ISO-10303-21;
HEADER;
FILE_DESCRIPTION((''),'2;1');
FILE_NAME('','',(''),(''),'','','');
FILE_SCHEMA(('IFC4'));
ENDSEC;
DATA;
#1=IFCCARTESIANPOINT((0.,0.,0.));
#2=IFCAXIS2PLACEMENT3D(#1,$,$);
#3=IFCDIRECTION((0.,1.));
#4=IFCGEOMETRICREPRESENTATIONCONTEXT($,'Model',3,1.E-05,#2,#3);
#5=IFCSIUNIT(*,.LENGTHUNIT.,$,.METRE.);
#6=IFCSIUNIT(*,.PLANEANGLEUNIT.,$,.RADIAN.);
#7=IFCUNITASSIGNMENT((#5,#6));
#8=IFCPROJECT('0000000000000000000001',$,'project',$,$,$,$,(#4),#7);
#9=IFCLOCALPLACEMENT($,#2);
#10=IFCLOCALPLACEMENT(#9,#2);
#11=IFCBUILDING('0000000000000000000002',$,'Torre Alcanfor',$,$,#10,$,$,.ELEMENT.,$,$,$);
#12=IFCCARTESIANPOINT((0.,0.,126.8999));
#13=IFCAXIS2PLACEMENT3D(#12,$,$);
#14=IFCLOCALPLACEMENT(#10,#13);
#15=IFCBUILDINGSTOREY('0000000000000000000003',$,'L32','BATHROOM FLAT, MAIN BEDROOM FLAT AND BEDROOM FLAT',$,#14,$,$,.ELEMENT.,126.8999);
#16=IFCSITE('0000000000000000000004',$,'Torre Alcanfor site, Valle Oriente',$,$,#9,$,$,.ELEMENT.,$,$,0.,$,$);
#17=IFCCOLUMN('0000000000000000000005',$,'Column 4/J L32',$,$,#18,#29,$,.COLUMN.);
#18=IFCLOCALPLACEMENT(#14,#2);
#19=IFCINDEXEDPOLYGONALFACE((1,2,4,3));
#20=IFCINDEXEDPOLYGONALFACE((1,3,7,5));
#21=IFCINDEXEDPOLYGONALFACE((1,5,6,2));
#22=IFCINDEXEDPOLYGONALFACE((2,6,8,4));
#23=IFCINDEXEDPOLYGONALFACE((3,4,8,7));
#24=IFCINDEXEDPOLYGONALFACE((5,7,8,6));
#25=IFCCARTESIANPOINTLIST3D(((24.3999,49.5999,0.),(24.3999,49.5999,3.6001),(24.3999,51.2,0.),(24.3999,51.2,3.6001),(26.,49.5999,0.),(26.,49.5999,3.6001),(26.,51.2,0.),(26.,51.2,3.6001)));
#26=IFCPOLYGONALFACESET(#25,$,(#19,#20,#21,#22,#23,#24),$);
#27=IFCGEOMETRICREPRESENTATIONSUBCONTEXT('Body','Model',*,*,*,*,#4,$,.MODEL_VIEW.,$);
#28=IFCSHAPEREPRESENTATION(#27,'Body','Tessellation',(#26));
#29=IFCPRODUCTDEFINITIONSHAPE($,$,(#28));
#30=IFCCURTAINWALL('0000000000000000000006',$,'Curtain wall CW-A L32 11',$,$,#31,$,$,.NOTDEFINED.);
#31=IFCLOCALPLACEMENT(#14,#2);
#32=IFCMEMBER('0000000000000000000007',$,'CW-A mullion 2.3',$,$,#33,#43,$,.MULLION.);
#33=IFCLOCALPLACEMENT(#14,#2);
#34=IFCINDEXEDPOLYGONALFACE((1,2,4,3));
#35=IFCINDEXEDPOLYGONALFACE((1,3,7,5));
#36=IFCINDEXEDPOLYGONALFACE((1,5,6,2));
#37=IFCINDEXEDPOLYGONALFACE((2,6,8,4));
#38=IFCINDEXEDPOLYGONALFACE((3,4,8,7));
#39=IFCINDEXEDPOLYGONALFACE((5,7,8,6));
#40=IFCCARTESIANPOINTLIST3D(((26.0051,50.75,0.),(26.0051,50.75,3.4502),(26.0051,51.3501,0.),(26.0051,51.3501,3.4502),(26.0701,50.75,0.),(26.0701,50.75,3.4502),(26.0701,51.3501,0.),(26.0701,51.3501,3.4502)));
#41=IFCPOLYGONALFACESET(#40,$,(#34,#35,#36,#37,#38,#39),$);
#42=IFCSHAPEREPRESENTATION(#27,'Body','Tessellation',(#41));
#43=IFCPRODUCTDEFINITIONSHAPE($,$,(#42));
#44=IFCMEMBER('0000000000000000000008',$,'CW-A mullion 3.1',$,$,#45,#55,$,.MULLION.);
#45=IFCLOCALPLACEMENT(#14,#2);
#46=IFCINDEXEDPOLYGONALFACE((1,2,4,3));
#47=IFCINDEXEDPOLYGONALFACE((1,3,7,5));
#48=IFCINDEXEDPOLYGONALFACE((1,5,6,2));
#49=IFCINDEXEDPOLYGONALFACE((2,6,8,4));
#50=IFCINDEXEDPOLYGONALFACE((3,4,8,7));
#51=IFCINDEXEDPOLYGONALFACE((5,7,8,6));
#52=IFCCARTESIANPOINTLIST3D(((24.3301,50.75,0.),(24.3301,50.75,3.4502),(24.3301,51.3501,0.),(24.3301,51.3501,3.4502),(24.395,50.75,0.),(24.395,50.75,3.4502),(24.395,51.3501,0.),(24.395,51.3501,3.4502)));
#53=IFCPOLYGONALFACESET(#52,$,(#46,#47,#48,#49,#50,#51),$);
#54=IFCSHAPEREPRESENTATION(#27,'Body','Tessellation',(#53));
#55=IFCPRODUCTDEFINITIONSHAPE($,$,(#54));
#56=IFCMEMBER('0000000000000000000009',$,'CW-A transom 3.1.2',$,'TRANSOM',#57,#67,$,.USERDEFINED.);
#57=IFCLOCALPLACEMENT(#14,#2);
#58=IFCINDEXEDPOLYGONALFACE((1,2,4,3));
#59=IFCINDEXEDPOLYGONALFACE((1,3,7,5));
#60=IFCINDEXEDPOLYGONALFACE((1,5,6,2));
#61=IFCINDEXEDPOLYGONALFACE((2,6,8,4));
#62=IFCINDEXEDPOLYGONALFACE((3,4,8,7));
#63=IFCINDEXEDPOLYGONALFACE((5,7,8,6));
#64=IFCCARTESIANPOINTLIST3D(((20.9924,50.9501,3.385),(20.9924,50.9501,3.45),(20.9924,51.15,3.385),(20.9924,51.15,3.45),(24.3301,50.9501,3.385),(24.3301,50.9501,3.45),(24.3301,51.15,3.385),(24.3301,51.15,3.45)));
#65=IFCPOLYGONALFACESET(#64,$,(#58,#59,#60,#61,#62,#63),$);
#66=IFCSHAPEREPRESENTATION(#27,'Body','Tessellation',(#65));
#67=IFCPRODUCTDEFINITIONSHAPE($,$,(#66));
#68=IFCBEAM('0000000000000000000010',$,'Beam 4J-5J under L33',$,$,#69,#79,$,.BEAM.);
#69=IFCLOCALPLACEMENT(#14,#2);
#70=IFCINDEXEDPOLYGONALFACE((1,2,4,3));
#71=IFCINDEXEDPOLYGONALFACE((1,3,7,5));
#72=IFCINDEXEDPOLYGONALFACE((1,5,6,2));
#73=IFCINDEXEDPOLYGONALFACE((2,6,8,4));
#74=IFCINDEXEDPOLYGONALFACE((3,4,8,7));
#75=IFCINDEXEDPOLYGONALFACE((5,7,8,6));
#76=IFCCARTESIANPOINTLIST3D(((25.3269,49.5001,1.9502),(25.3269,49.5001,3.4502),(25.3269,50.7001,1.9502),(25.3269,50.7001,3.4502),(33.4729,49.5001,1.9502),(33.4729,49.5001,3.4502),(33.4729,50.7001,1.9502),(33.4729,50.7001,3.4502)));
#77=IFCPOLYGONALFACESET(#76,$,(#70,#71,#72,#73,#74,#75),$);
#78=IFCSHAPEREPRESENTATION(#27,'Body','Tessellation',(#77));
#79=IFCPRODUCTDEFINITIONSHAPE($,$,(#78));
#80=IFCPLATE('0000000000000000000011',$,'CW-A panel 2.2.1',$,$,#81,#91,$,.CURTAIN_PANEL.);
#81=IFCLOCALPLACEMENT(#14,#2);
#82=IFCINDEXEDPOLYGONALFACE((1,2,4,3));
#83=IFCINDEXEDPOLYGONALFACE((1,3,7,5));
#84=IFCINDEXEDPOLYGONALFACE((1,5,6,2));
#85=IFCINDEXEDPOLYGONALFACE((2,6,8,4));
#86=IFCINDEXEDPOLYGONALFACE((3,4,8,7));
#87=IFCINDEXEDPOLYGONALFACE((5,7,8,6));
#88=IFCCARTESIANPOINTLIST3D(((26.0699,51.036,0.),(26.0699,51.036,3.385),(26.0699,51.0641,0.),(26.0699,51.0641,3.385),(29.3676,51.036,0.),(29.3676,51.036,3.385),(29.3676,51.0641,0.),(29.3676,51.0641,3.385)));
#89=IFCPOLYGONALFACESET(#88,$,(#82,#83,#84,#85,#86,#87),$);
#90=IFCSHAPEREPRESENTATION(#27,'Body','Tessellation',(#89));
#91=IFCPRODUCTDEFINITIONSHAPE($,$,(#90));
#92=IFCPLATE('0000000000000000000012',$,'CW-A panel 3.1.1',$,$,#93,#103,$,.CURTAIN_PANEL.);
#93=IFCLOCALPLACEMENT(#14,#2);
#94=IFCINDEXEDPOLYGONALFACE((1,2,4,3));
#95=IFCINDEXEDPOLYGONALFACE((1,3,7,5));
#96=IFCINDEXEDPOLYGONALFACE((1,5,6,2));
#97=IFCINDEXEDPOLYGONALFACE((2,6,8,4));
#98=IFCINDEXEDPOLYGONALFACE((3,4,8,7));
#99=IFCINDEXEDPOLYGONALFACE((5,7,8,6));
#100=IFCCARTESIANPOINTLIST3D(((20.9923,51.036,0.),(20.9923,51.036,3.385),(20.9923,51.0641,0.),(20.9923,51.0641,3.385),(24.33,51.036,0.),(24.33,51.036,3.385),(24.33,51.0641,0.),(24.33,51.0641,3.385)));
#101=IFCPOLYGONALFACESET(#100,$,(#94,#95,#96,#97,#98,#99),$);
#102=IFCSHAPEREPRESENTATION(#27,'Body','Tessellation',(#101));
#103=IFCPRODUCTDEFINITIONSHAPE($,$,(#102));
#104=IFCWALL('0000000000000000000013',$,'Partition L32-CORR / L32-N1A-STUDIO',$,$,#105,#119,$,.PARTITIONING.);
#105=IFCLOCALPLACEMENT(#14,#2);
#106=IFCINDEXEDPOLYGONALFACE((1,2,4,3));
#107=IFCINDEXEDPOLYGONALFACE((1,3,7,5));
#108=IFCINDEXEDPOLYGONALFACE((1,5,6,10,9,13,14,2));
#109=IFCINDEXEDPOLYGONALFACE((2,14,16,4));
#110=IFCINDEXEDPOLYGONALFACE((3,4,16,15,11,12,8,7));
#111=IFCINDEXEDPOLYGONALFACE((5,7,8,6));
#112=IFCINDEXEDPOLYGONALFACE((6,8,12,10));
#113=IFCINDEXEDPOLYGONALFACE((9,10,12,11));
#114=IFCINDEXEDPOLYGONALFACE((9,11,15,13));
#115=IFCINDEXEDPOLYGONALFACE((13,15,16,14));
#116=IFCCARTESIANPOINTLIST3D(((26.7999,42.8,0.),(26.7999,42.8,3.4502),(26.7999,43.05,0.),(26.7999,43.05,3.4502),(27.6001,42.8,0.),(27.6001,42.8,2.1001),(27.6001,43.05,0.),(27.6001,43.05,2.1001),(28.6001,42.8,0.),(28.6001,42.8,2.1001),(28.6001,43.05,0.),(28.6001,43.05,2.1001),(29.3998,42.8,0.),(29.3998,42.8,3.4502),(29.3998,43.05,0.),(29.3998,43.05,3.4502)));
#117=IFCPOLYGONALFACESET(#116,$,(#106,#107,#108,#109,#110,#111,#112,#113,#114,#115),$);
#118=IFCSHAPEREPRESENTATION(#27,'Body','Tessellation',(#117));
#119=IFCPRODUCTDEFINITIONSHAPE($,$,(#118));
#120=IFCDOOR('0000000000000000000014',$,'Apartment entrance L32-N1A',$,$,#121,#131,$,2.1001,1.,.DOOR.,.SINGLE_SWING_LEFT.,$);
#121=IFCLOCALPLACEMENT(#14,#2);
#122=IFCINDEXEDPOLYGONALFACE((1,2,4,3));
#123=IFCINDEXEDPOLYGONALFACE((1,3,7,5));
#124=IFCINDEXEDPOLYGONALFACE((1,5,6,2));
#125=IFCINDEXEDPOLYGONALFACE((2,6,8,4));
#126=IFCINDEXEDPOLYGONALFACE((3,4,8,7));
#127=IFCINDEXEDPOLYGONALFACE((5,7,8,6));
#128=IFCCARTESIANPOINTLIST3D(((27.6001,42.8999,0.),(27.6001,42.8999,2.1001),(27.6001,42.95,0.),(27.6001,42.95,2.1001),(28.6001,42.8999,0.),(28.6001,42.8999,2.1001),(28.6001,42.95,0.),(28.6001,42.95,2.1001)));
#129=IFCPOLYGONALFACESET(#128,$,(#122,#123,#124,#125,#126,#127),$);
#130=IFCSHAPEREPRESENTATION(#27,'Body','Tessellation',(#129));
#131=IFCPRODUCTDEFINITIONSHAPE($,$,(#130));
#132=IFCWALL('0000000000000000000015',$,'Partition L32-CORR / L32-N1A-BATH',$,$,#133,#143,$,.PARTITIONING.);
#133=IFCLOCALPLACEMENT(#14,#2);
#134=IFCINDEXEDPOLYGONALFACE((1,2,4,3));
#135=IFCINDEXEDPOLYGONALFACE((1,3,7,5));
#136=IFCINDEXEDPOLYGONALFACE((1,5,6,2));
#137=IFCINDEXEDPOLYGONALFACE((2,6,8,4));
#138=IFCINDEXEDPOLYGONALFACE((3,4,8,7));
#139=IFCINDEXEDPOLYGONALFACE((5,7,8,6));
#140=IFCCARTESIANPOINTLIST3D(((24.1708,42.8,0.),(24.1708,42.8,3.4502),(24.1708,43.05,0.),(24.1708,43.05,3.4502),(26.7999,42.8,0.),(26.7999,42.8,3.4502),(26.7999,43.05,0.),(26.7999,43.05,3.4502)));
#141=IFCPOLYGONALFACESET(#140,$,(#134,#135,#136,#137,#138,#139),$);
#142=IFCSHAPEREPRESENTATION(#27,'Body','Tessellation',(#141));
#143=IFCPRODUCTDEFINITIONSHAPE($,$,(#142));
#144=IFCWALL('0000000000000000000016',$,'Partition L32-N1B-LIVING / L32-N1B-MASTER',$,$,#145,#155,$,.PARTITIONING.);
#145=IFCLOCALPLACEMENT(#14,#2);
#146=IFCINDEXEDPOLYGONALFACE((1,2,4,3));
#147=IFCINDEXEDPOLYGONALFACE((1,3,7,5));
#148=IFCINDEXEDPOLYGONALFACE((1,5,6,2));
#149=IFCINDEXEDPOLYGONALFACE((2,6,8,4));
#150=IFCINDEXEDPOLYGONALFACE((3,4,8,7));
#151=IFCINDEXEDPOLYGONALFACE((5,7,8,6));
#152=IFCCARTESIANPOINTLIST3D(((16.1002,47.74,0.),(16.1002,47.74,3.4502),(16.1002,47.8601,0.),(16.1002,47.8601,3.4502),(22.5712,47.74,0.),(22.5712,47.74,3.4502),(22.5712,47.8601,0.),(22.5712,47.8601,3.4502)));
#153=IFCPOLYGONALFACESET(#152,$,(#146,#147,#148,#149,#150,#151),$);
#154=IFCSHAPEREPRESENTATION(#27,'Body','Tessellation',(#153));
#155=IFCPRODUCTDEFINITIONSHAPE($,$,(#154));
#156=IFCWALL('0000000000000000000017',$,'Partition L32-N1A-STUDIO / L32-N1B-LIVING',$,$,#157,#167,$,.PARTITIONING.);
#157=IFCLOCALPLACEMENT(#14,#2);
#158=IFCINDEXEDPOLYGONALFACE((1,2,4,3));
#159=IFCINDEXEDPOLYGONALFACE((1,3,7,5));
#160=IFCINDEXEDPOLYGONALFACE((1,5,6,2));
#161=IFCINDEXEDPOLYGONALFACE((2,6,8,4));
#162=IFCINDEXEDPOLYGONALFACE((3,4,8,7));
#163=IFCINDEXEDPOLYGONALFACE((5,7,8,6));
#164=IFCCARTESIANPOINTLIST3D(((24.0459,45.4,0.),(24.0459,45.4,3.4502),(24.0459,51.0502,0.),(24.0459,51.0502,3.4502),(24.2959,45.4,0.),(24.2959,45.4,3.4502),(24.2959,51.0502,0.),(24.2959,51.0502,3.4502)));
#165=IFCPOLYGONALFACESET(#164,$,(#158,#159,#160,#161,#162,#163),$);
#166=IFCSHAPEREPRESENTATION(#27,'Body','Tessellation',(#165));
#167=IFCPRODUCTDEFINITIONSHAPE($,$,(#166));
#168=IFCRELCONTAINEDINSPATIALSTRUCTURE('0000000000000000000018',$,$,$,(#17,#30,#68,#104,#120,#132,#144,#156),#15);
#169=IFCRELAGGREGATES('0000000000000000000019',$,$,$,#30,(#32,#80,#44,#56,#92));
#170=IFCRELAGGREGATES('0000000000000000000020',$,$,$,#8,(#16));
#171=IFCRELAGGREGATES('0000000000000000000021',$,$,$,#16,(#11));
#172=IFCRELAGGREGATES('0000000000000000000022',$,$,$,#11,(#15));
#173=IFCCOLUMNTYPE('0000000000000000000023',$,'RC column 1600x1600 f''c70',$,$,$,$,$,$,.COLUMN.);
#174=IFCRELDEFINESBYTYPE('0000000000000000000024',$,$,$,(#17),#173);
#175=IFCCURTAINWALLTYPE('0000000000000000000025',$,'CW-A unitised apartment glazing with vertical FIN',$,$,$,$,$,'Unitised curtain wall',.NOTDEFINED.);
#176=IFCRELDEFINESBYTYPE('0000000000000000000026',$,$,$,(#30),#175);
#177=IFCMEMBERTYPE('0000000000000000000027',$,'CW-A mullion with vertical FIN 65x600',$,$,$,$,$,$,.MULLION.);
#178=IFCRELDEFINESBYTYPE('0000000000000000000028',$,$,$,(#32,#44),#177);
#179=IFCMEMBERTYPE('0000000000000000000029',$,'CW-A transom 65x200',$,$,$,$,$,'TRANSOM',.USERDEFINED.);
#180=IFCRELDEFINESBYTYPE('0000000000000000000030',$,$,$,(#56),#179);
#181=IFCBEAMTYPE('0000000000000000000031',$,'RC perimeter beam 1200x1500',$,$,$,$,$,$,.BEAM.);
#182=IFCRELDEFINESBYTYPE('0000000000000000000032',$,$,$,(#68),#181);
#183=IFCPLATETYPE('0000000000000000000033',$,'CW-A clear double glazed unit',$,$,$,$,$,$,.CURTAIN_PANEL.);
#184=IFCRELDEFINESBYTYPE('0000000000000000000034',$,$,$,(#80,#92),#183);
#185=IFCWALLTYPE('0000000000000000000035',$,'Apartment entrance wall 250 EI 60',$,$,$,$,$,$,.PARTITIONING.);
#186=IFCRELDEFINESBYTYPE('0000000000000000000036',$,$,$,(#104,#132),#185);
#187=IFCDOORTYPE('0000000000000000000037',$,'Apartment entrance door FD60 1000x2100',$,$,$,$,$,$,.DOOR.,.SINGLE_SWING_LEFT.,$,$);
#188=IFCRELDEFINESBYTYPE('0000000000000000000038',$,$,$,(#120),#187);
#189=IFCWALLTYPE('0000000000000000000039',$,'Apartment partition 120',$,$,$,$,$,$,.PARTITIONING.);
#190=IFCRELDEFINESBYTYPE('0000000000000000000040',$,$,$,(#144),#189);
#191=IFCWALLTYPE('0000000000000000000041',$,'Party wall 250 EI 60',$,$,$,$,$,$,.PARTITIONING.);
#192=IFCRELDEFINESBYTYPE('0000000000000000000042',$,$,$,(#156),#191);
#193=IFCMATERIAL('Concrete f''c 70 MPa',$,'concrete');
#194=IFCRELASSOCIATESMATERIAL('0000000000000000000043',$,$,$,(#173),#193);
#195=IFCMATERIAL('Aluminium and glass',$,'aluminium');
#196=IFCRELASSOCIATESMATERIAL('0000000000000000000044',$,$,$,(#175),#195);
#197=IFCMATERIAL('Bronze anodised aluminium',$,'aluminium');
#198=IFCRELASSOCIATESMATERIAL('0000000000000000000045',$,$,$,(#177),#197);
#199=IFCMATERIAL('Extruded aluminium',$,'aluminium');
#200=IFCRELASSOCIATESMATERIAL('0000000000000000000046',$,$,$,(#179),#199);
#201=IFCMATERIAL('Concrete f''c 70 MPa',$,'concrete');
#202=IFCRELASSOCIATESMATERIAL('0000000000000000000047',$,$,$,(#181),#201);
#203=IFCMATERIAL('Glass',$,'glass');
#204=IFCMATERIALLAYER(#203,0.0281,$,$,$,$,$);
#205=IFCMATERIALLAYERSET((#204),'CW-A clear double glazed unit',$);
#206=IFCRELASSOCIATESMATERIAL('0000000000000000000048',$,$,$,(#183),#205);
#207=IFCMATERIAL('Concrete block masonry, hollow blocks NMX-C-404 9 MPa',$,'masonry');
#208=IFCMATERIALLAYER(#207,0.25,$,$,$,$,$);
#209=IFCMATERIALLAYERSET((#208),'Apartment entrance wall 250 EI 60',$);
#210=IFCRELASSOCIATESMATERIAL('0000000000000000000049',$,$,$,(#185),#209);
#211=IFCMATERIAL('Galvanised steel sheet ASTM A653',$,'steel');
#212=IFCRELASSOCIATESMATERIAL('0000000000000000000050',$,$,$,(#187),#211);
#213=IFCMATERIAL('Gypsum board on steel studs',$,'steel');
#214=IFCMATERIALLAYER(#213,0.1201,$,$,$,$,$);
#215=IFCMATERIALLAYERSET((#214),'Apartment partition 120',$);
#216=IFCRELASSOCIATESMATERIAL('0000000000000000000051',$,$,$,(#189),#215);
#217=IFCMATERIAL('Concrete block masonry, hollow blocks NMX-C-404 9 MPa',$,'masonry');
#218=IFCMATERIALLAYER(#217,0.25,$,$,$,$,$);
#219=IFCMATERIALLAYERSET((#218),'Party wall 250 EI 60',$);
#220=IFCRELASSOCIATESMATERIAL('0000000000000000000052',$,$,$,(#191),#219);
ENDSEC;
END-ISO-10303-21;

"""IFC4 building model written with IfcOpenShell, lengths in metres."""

from ifc_helpers import new_model, si_unit, direction, frame, frame_2d, origin, origin_2d, place, context, subcontext, project, spatial, rectangle, extrude, material, layer, layer_set, material_profile, profile_set, type_object, element, fill, aggregate, save


model = new_model("IFC4")

# Units and contexts
model_context = context("Model", 3, precision=1e-05, world=origin(), true_north=direction((0.0, 1.0)))
body_context = subcontext(model_context, "Body", "Model", "MODEL_VIEW")
ifc_project = project(units=[si_unit("LENGTHUNIT", "METRE"), si_unit("PLANEANGLEUNIT", "RADIAN")], contexts=[model_context])

# Site, building, storey
site_placement = place(None, origin())
site = spatial("IfcSite", under=ifc_project, at=site_placement, Name="Torre Alcanfor site, Valle Oriente", CompositionType="ELEMENT", RefElevation=0.0)
building_placement = place(site_placement, origin())
building = spatial("IfcBuilding", under=site, at=building_placement, Name="Torre Alcanfor", CompositionType="ELEMENT")
storey_placement = place(building_placement, frame((0.0, 0.0, 126.8999)))
storey = spatial("IfcBuildingStorey", under=building, at=storey_placement, Name="L32", Description="BATHROOM FLAT, MAIN BEDROOM FLAT AND BEDROOM FLAT", CompositionType="ELEMENT", Elevation=126.8999)

# Column
ifc_material_1 = material(Name="Concrete f'c 70 MPa", Category="concrete")
ifc_material_profile_1 = material_profile(ifc_material_1, rectangle(XDim=1.6001, YDim=1.6001, at=origin_2d()), Name="1600x1600")
ifc_profile_set_1 = profile_set([ifc_material_profile_1], Name="Concrete f'c 70 MPa")
column_type = type_object("IfcColumnType", Name="RC column 1600x1600 f'c70", PredefinedType="COLUMN", material=ifc_profile_set_1)
column_placement = place(storey_placement, frame((25.2, 50.3999, 0.0), z_axis=(0.0, 0.0, 1.0), x_axis=(1.0, 0.0, 0.0)))
element("IfcColumn", 1, at=column_placement, inside=storey, type_object=column_type, Name="Column 4/J L32", PredefinedType="COLUMN", context=body_context, shape_type="SweptSolid", body=[
    extrude(rectangle(XDim=1.6001, YDim=1.6001, at=origin_2d()), origin(), (0.0, 0.0, 1.0), 3.6001),
])

# Curtain wall, members
ifc_material_2 = material(Name="Aluminium and glass", Category="aluminium")
curtain_wall_type = type_object("IfcCurtainWallType", Name="CW-A unitised apartment glazing with vertical FIN", ElementType="Unitised curtain wall", PredefinedType="NOTDEFINED", material=ifc_material_2)
curtain_wall_placement = place(storey_placement, origin())
curtain_wall = element("IfcCurtainWall", 2, at=curtain_wall_placement, inside=storey, type_object=curtain_wall_type, Name="Curtain wall CW-A L32 11", PredefinedType="NOTDEFINED")
ifc_material_3 = material(Name="Bronze anodised aluminium", Category="aluminium")
ifc_material_profile_2 = material_profile(ifc_material_3, rectangle(XDim=0.6001, YDim=0.0649, at=origin_2d()), Name="CW-A mullion 65x600")
ifc_profile_set_2 = profile_set([ifc_material_profile_2], Name="Bronze anodised aluminium")
member_type_1 = type_object("IfcMemberType", Name="CW-A mullion with vertical FIN 65x600", PredefinedType="MULLION", material=ifc_profile_set_2)
member_1_placement = place(storey_placement, frame((26.0376, 51.05, 0.0), z_axis=(0.0, 0.0, 1.0), x_axis=(0.0, -1.0, 0.0)))
member_1 = element("IfcMember", 3, at=member_1_placement, type_object=member_type_1, Name="CW-A mullion 2.3", PredefinedType="MULLION", context=body_context, shape_type="SweptSolid", body=[
    extrude(rectangle(XDim=0.6001, YDim=0.0649, at=origin_2d()), origin(), (0.0, 0.0, 1.0), 3.4502),
])
member_2_placement = place(storey_placement, frame((24.3625, 51.05, 0.0), z_axis=(0.0, 0.0, 1.0), x_axis=(0.0, -1.0, 0.0)))
member_2 = element("IfcMember", 4, at=member_2_placement, type_object=member_type_1, Name="CW-A mullion 3.1", PredefinedType="MULLION", context=body_context, shape_type="SweptSolid", body=[
    extrude(rectangle(XDim=0.6001, YDim=0.0649, at=origin_2d()), origin(), (0.0, 0.0, 1.0), 3.4502),
])
ifc_material_4 = material(Name="Extruded aluminium", Category="aluminium")
ifc_material_profile_3 = material_profile(ifc_material_4, rectangle(XDim=0.2, YDim=0.0649, at=origin_2d()), Name="CW-A transom 200x65")
ifc_profile_set_3 = profile_set([ifc_material_profile_3], Name="Extruded aluminium")
member_type_2 = type_object("IfcMemberType", Name="CW-A transom 65x200", ElementType="TRANSOM", PredefinedType="USERDEFINED", material=ifc_profile_set_3)
member_3_placement = place(storey_placement, frame((24.3301, 51.05, 3.4175), z_axis=(-1.0, 0.0, 0.0), x_axis=(0.0, -1.0, 0.0)))
member_3 = element("IfcMember", 5, at=member_3_placement, type_object=member_type_2, Name="CW-A transom 3.1.2", ObjectType="TRANSOM", PredefinedType="USERDEFINED", context=body_context, shape_type="SweptSolid", body=[
    extrude(rectangle(XDim=0.2, YDim=0.0649, at=origin_2d()), origin(), (0.0, 0.0, 1.0), 3.3376),
])

# Beam
ifc_material_5 = material(Name="Concrete f'c 70 MPa", Category="concrete")
ifc_material_profile_4 = material_profile(ifc_material_5, rectangle(XDim=1.2, YDim=1.5, at=origin_2d()), Name="1200x1500")
ifc_profile_set_4 = profile_set([ifc_material_profile_4], Name="Concrete f'c 70 MPa")
beam_type = type_object("IfcBeamType", Name="RC perimeter beam 1200x1500", PredefinedType="BEAM", material=ifc_profile_set_4)
beam_placement = place(storey_placement, frame((25.3269, 50.1001, 2.7002), z_axis=(1.0, 0.0, 0.0), x_axis=(0.0, 1.0, 0.0)))
element("IfcBeam", 6, at=beam_placement, inside=storey, type_object=beam_type, Name="Beam 4J-5J under L33", PredefinedType="BEAM", context=body_context, shape_type="SweptSolid", body=[
    extrude(rectangle(XDim=1.2, YDim=1.5, at=origin_2d()), origin(), (0.0, 0.0, 1.0), 8.146),
])

# Plates
ifc_material_6 = material(Name="Glass", Category="glass")
ifc_layer_1 = layer(ifc_material_6, 0.0281)
ifc_layer_set_1 = layer_set([ifc_layer_1], Name="CW-A clear double glazed unit")
plate_type = type_object("IfcPlateType", Name="CW-A clear double glazed unit", PredefinedType="CURTAIN_PANEL", material=ifc_layer_set_1)
plate_1_placement = place(storey_placement, frame((27.7188, 51.05, 0.0), z_axis=(0.0, 0.0, 1.0), x_axis=(-1.0, 0.0, 0.0)))
plate_1 = element("IfcPlate", 7, at=plate_1_placement, type_object=plate_type, Name="CW-A panel 2.2.1", PredefinedType="CURTAIN_PANEL", context=body_context, shape_type="SweptSolid", body=[
    extrude(rectangle(XDim=3.2976, YDim=0.0281, at=origin_2d()), origin(), (0.0, 0.0, 1.0), 3.385),
])
plate_2_placement = place(storey_placement, frame((22.6611, 51.05, 0.0), z_axis=(0.0, 0.0, 1.0), x_axis=(-1.0, 0.0, 0.0)))
plate_2 = element("IfcPlate", 8, at=plate_2_placement, type_object=plate_type, Name="CW-A panel 3.1.1", PredefinedType="CURTAIN_PANEL", context=body_context, shape_type="SweptSolid", body=[
    extrude(rectangle(XDim=3.3376, YDim=0.0281, at=origin_2d()), origin(), (0.0, 0.0, 1.0), 3.385),
])
aggregate(curtain_wall, [member_1, plate_1, member_2, member_3, plate_2])

# Wall, opening, door
ifc_material_7 = material(Name="Concrete block masonry, hollow blocks NMX-C-404 9 MPa", Category="masonry")
ifc_layer_2 = layer(ifc_material_7, 0.25)
ifc_layer_set_2 = layer_set([ifc_layer_2], Name="Apartment entrance wall 250 EI 60")
wall_type_1 = type_object("IfcWallType", Name="Apartment entrance wall 250 EI 60", PredefinedType="PARTITIONING", material=ifc_layer_set_2)
wall_1_placement = place(storey_placement, frame((26.8, 42.925, 0.0), z_axis=(0.0, 0.0, 1.0), x_axis=(1.0, 0.0, 0.0)))
wall_1 = element("IfcWall", 9, at=wall_1_placement, inside=storey, type_object=wall_type_1, Name="Partition L32-CORR / L32-N1A-STUDIO", PredefinedType="PARTITIONING", context=body_context, shape_type="SweptSolid", body=[
    extrude(rectangle(XDim=2.5999, YDim=0.25, at=frame_2d((1.2998, 0.0))), origin(), (0.0, 0.0, 1.0), 3.4502),
])
opening_1_placement = place(wall_1_placement, frame((0.8, 0.0, 0.0)))
opening_1 = element("IfcOpeningElement", 10, at=opening_1_placement, cuts=wall_1, PredefinedType="OPENING", context=body_context, shape_type="SweptSolid", body=[
    extrude(rectangle(XDim=1.0, YDim=2.1001, at=frame_2d((0.5, 1.05))), frame((0.0, 0.135, 0.0), z_axis=(0.0, -1.0, 0.0), x_axis=(1.0, 0.0, 0.0)), (0.0, 0.0, 1.0), 0.27),
])
ifc_material_8 = material(Name="Galvanised steel sheet ASTM A653", Category="steel")
door_type_1 = type_object("IfcDoorType", Name="Apartment entrance door FD60 1000x2100", OperationType="SINGLE_SWING_LEFT", PredefinedType="DOOR", material=ifc_material_8)
door_1_placement = place(opening_1_placement, origin())
door_1 = element("IfcDoor", 11, at=door_1_placement, inside=storey, type_object=door_type_1, Name="Apartment entrance L32-N1A", OperationType="SINGLE_SWING_LEFT", OverallHeight=2.1001, OverallWidth=1.0, PredefinedType="DOOR", context=body_context, shape_type="SweptSolid", body=[
    extrude(rectangle(XDim=1.0, YDim=2.1001, at=frame_2d((0.5, 1.05))), frame((0.0, 0.0249, 0.0), z_axis=(0.0, -1.0, 0.0), x_axis=(1.0, 0.0, 0.0)), (0.0, 0.0, 1.0), 0.05),
])
fill(opening_1, door_1)

# Walls
wall_2_placement = place(storey_placement, frame((24.1709, 42.925, 0.0), z_axis=(0.0, 0.0, 1.0), x_axis=(1.0, 0.0, 0.0)))
element("IfcWall", 12, at=wall_2_placement, inside=storey, type_object=wall_type_1, Name="Partition L32-CORR / L32-N1A-BATH", PredefinedType="PARTITIONING", context=body_context, shape_type="SweptSolid", body=[
    extrude(rectangle(XDim=2.6292, YDim=0.25, at=frame_2d((1.3145, 0.0))), origin(), (0.0, 0.0, 1.0), 3.4502),
])
ifc_material_9 = material(Name="Gypsum board on steel studs", Category="steel")
ifc_layer_3 = layer(ifc_material_9, 0.1201)
ifc_layer_set_3 = layer_set([ifc_layer_3], Name="Apartment partition 120")
wall_type_2 = type_object("IfcWallType", Name="Apartment partition 120", PredefinedType="PARTITIONING", material=ifc_layer_set_3)
wall_3_placement = place(storey_placement, frame((22.571, 47.8, 0.0), z_axis=(0.0, 0.0, 1.0), x_axis=(-1.0, 0.0, 0.0)))
element("IfcWall", 13, at=wall_3_placement, inside=storey, type_object=wall_type_2, Name="Partition L32-N1B-LIVING / L32-N1B-MASTER", PredefinedType="PARTITIONING", context=body_context, shape_type="SweptSolid", body=[
    extrude(rectangle(XDim=6.4709, YDim=0.1201, at=frame_2d((3.2354, 0.0))), origin(), (0.0, 0.0, 1.0), 3.4502),
])
ifc_material_10 = material(Name="Concrete block masonry, hollow blocks NMX-C-404 9 MPa", Category="masonry")
ifc_layer_4 = layer(ifc_material_10, 0.25)
ifc_layer_set_4 = layer_set([ifc_layer_4], Name="Party wall 250 EI 60")
wall_type_3 = type_object("IfcWallType", Name="Party wall 250 EI 60", PredefinedType="PARTITIONING", material=ifc_layer_set_4)
wall_4_placement = place(storey_placement, frame((24.1709, 45.3999, 0.0), z_axis=(0.0, 0.0, 1.0), x_axis=(0.0, 1.0, 0.0)))
element("IfcWall", 14, at=wall_4_placement, inside=storey, type_object=wall_type_3, Name="Partition L32-N1A-STUDIO / L32-N1B-LIVING", PredefinedType="PARTITIONING", context=body_context, shape_type="SweptSolid", body=[
    extrude(rectangle(XDim=5.6501, YDim=0.25, at=frame_2d((2.8252, 0.0))), origin(), (0.0, 0.0, 1.0), 3.4502),
])

save(model, "model.ifc")
